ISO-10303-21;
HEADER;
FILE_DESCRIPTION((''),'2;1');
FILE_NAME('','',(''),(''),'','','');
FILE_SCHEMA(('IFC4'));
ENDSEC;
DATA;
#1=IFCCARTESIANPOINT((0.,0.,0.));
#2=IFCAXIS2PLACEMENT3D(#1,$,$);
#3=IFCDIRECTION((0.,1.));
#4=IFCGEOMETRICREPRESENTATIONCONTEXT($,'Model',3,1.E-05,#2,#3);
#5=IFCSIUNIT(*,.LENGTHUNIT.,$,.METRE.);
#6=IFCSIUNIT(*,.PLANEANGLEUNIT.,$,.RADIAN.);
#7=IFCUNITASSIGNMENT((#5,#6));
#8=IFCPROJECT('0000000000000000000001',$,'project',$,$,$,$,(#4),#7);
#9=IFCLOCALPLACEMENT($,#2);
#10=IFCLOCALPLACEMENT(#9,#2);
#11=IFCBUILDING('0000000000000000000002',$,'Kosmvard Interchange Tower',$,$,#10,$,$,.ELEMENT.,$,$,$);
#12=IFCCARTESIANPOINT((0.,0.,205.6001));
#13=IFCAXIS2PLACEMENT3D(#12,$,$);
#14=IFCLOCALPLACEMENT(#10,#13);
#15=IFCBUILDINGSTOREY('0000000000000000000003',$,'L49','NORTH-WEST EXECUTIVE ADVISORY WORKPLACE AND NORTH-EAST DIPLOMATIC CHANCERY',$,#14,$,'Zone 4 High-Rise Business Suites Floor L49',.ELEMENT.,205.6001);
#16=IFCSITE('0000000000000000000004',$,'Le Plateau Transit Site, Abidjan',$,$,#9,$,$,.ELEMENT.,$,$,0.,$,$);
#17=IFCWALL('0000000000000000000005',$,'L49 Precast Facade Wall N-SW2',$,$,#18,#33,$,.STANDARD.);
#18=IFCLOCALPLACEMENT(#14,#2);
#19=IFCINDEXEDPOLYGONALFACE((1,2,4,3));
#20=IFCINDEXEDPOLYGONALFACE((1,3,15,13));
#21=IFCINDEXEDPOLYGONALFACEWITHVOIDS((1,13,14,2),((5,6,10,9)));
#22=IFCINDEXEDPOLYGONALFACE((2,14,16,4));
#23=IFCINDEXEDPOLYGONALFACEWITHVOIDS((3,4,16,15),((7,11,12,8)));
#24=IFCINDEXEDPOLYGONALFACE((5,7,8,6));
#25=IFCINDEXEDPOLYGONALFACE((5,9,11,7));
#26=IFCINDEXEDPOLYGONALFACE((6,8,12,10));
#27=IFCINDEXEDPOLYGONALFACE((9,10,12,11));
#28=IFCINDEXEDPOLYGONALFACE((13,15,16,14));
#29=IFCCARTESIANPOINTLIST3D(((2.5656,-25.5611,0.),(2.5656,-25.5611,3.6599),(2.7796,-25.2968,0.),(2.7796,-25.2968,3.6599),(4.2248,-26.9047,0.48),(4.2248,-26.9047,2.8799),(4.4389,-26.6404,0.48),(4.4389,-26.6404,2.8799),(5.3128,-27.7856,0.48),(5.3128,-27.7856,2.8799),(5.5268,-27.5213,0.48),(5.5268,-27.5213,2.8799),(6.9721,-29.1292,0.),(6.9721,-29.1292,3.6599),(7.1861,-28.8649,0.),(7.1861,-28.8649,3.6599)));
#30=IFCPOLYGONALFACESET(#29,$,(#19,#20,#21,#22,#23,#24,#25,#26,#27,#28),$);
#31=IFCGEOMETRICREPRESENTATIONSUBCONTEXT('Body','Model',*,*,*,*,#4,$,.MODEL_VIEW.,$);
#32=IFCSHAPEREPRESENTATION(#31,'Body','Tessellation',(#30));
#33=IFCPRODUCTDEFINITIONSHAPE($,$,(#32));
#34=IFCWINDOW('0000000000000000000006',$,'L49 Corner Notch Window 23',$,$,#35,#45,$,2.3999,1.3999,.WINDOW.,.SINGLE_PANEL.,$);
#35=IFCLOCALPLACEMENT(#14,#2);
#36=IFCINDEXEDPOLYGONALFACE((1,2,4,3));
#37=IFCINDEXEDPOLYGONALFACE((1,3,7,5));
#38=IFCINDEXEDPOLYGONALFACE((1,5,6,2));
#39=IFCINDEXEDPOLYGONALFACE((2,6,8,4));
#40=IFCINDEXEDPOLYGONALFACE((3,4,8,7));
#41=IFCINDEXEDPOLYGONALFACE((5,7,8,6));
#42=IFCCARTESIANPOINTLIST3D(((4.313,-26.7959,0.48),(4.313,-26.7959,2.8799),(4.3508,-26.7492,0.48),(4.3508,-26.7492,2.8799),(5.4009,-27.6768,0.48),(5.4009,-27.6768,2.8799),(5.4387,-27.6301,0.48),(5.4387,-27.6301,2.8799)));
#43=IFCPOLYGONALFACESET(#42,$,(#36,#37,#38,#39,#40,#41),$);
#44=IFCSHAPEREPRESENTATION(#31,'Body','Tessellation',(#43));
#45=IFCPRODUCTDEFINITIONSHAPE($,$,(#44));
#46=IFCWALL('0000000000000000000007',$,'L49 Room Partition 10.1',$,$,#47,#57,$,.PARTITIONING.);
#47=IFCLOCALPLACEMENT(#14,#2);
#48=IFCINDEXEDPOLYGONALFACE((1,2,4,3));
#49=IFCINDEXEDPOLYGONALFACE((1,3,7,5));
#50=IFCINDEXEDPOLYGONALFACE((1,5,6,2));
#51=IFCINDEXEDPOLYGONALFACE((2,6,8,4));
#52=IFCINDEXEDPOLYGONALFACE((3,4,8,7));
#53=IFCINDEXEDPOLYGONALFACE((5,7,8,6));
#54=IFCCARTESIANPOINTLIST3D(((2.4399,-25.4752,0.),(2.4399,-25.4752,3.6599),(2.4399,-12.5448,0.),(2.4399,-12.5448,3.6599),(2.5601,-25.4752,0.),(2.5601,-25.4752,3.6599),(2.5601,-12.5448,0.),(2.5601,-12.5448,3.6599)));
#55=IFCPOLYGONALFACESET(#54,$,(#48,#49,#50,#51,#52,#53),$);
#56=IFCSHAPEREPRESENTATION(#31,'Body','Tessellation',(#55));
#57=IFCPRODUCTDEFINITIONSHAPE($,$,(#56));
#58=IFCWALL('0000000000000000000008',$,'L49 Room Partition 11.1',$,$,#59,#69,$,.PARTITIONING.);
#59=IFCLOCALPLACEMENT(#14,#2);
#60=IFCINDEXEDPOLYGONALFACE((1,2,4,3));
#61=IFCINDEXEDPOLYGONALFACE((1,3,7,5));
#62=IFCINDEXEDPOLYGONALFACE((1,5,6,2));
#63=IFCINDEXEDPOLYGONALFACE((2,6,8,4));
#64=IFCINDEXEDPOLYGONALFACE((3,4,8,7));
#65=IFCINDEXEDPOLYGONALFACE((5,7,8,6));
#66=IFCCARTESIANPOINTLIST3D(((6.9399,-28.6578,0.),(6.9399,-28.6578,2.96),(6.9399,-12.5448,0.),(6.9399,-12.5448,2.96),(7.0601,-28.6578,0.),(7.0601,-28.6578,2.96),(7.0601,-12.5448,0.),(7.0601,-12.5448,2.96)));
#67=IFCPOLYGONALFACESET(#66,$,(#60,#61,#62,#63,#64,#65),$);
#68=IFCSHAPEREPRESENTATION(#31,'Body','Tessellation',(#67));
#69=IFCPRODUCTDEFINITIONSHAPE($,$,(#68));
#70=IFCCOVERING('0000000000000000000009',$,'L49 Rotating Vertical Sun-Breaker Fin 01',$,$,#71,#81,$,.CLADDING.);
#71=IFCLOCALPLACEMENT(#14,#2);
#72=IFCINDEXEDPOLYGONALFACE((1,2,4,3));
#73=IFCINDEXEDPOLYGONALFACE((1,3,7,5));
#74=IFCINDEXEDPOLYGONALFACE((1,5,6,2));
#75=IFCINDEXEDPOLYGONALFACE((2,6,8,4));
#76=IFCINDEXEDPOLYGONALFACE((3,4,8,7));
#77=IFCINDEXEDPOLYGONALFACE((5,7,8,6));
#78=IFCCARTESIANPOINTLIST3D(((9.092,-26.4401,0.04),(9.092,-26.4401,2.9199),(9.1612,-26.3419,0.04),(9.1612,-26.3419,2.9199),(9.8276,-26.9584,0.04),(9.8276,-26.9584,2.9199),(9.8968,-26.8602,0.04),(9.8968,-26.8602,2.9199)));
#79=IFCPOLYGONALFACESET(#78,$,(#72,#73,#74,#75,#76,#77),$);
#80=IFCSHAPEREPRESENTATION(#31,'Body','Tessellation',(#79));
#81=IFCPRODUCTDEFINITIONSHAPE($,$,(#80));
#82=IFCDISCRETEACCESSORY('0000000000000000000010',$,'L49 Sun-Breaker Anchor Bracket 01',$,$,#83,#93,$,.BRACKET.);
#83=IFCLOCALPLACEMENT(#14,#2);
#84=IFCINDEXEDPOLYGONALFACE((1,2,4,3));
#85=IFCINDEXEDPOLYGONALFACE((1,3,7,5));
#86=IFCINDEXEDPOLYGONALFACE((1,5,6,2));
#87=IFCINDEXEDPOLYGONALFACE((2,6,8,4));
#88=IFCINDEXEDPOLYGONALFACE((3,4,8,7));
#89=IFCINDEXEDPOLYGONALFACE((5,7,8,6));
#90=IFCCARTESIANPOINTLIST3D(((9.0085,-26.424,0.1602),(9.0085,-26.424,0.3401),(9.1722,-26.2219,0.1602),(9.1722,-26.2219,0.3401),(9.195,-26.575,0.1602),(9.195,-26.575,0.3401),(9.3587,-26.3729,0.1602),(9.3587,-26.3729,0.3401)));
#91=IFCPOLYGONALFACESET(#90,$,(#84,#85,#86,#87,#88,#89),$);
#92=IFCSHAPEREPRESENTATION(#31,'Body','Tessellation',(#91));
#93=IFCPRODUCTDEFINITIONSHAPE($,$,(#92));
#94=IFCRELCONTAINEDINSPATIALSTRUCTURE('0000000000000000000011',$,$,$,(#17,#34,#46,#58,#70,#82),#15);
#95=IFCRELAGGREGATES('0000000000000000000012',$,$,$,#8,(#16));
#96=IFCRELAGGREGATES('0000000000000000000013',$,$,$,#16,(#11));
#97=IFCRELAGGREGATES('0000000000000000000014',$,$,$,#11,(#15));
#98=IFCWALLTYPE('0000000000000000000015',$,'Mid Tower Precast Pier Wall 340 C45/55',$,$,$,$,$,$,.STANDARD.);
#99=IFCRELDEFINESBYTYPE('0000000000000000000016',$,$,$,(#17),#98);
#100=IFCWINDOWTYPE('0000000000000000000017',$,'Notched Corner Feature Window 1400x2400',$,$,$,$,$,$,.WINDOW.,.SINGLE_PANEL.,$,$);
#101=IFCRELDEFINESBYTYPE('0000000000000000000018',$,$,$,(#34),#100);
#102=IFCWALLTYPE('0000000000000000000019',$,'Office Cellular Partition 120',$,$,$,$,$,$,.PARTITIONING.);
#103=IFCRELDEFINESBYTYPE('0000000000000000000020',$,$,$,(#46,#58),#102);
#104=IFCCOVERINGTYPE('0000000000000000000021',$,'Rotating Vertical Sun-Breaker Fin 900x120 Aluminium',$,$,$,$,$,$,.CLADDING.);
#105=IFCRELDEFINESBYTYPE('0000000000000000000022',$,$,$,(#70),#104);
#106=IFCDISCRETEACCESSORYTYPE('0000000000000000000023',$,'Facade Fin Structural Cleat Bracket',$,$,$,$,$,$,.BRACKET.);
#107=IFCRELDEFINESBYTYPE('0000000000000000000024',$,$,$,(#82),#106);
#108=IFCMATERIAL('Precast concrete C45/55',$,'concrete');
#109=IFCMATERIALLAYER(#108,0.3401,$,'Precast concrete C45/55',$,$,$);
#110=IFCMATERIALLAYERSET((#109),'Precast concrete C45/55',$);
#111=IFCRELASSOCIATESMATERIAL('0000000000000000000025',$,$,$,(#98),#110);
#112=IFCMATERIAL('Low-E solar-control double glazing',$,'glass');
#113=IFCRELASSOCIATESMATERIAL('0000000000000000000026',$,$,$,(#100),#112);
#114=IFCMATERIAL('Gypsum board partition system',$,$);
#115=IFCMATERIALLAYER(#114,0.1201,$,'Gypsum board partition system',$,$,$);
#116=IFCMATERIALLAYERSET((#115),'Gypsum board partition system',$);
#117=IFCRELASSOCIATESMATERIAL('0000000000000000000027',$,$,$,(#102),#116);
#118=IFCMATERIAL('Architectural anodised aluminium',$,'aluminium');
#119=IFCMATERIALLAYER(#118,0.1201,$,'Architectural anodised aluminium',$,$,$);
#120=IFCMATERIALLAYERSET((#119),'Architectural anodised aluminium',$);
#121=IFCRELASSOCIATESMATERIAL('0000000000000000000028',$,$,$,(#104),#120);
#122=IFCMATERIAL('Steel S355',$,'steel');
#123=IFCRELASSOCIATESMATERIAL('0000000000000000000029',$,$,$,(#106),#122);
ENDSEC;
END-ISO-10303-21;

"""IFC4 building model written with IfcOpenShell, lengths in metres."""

from ifc_helpers import new_model, si_unit, direction, frame, frame_2d, origin, origin_2d, place, context, subcontext, project, spatial, rectangle, extrude, source, transform, mapped, material, layer, layer_set, type_object, element, fill, save


model = new_model("IFC4")

# Units and contexts
model_context = context("Model", 3, precision=1e-05, world=origin(), true_north=direction((0.0, 1.0)))
body_context = subcontext(model_context, "Body", "Model", "MODEL_VIEW")
ifc_project = project(units=[si_unit("LENGTHUNIT", "METRE"), si_unit("PLANEANGLEUNIT", "RADIAN")], contexts=[model_context])

# Site, building, storey
site_placement = place(None, origin())
site = spatial("IfcSite", under=ifc_project, at=site_placement, Name="Le Plateau Transit Site, Abidjan", CompositionType="ELEMENT", RefElevation=0.0)
building_placement = place(site_placement, origin())
building = spatial("IfcBuilding", under=site, at=building_placement, Name="Kosmvard Interchange Tower", CompositionType="ELEMENT")
storey_placement = place(building_placement, frame((0.0, 0.0, 205.6001)))
storey = spatial("IfcBuildingStorey", under=building, at=storey_placement, Name="L49", Description="NORTH-WEST EXECUTIVE ADVISORY WORKPLACE AND NORTH-EAST DIPLOMATIC CHANCERY", LongName="Zone 4 High-Rise Business Suites Floor L49", CompositionType="ELEMENT", Elevation=205.6001)

# Shared definitions
ifc_material_1 = material(Name="Steel S355", Category="steel")

# Shared definitions
ifc_material_2 = material(Name="Precast concrete C45/55", Category="concrete")
ifc_layer_1 = layer(ifc_material_2, 0.3401, Name="Precast concrete C45/55")
ifc_layer_set_1 = layer_set([ifc_layer_1], Name="Precast concrete C45/55")
wall_type_1 = type_object("IfcWallType", Name="Mid Tower Precast Pier Wall 340 C45/55", PredefinedType="STANDARD", material=ifc_layer_set_1)
ifc_material_3 = material(Name="Low-E solar-control double glazing", Category="glass")
window_type_1 = type_object("IfcWindowType", Name="Notched Corner Feature Window 1400x2400", PartitioningType="SINGLE_PANEL", PredefinedType="WINDOW", material=ifc_material_3)
shared_shape_1 = source(origin(), body_context, "Body", "SweptSolid", [
    extrude(rectangle(XDim=1.3999, YDim=2.3999, at=frame_2d((0.7, 1.2))), frame((0.0, 0.03, 0.0), z_axis=(0.0, -1.0, 0.0), x_axis=(1.0, 0.0, 0.0)), (0.0, 0.0, 1.0), 0.0601),
])

# Wall, opening, window
wall_1_placement = place(storey_placement, frame((2.6726, -25.429, 0.0), z_axis=(0.0, 0.0, 1.0), x_axis=(0.777163, -0.6293, 0.0)))
wall_1 = element("IfcWall", 1, at=wall_1_placement, inside=storey, type_object=wall_type_1, Name="L49 Precast Facade Wall N-SW2", PredefinedType="STANDARD", context=body_context, shape_type="SweptSolid", body=[
    extrude(rectangle(XDim=5.6699, YDim=0.3401, at=frame_2d((2.835, 0.0))), origin(), (0.0, 0.0, 1.0), 3.6599),
])
opening_1_placement = place(wall_1_placement, frame((2.135, 0.0, 0.48)))
opening_1 = element("IfcOpeningElement", 2, at=opening_1_placement, cuts=wall_1, PredefinedType="OPENING", context=body_context, shape_type="SweptSolid", body=[
    extrude(rectangle(XDim=1.3999, YDim=2.3999, at=frame_2d((0.7, 1.2))), frame((0.0, 0.1802, 0.0), z_axis=(0.0, -1.0, 0.0), x_axis=(1.0, 0.0, 0.0)), (0.0, 0.0, 1.0), 0.3601),
])
window_1_placement = place(opening_1_placement, origin())
window_1 = element("IfcWindow", 3, at=window_1_placement, inside=storey, type_object=window_type_1, Name="L49 Corner Notch Window 23", OverallHeight=2.3999, OverallWidth=1.3999, PartitioningType="SINGLE_PANEL", PredefinedType="WINDOW", context=body_context, shape_type="MappedRepresentation", body=[
    mapped(shared_shape_1, transform((0.0, 0.0, 0.0), scale=1.0)),
])
fill(opening_1, window_1)

# Walls
ifc_material_4 = material(Name="Gypsum board partition system")
ifc_layer_2 = layer(ifc_material_4, 0.1201, Name="Gypsum board partition system")
ifc_layer_set_2 = layer_set([ifc_layer_2], Name="Gypsum board partition system")
wall_type_2 = type_object("IfcWallType", Name="Office Cellular Partition 120", PredefinedType="PARTITIONING", material=ifc_layer_set_2)
wall_2_placement = place(storey_placement, frame((2.5, -25.4753, 0.0), z_axis=(0.0, 0.0, 1.0), x_axis=(0.0, 1.0, 0.0)))
element("IfcWall", 4, at=wall_2_placement, inside=storey, type_object=wall_type_2, Name="L49 Room Partition 10.1", PredefinedType="PARTITIONING", context=body_context, shape_type="SweptSolid", body=[
    extrude(rectangle(XDim=12.9304, YDim=0.1201, at=frame_2d((6.4653, 0.0))), origin(), (0.0, 0.0, 1.0), 3.6599),
])
wall_3_placement = place(storey_placement, frame((7.0, -28.658, 0.0), z_axis=(0.0, 0.0, 1.0), x_axis=(0.0, 1.0, 0.0)))
element("IfcWall", 5, at=wall_3_placement, inside=storey, type_object=wall_type_2, Name="L49 Room Partition 11.1", PredefinedType="PARTITIONING", context=body_context, shape_type="SweptSolid", body=[
    extrude(rectangle(XDim=16.113, YDim=0.1201, at=frame_2d((8.0566, 0.0))), origin(), (0.0, 0.0, 1.0), 2.96),
])

# Covering
ifc_material_5 = material(Name="Architectural anodised aluminium", Category="aluminium")
ifc_layer_3 = layer(ifc_material_5, 0.1201, Name="Architectural anodised aluminium")
ifc_layer_set_3 = layer_set([ifc_layer_3], Name="Architectural anodised aluminium")
covering_type = type_object("IfcCoveringType", Name="Rotating Vertical Sun-Breaker Fin 900x120 Aluminium", PredefinedType="CLADDING", material=ifc_layer_set_3)
shared_shape_2 = source(origin(), body_context, "Body", "SweptSolid", [
    extrude(rectangle(XDim=0.8999, YDim=0.1201, at=origin_2d()), origin(), (0.0, 0.0, 1.0), 2.8799),
])
covering_placement = place(storey_placement, frame((9.4944, -26.6501, 0.04), z_axis=(0.0, 0.0, 1.0), x_axis=(0.817447, -0.576004, 0.0)))
element("IfcCovering", 6, at=covering_placement, inside=storey, type_object=covering_type, Name="L49 Rotating Vertical Sun-Breaker Fin 01", PredefinedType="CLADDING", context=body_context, shape_type="MappedRepresentation", body=[
    mapped(shared_shape_2, transform((0.0, 0.0, 0.0), scale=1.0)),
])

# Discrete accessory
discrete_accessory_type = type_object("IfcDiscreteAccessoryType", Name="Facade Fin Structural Cleat Bracket", PredefinedType="BRACKET", material=ifc_material_1)
shared_shape_3 = source(origin(), body_context, "Body", "SweptSolid", [
    extrude(rectangle(XDim=0.24, YDim=0.26, at=origin_2d()), origin(), (0.0, 0.0, 1.0), 0.1799),
])
discrete_accessory_placement = place(storey_placement, frame((9.1836, -26.3984, 0.1602), z_axis=(0.0, 0.0, 1.0), x_axis=(0.777146, -0.62932, 0.0)))
element("IfcDiscreteAccessory", 7, at=discrete_accessory_placement, inside=storey, type_object=discrete_accessory_type, Name="L49 Sun-Breaker Anchor Bracket 01", PredefinedType="BRACKET", context=body_context, shape_type="MappedRepresentation", body=[
    mapped(shared_shape_3, transform((0.0, 0.0, 0.0), scale=1.0)),
])

save(model, "model.ifc")
